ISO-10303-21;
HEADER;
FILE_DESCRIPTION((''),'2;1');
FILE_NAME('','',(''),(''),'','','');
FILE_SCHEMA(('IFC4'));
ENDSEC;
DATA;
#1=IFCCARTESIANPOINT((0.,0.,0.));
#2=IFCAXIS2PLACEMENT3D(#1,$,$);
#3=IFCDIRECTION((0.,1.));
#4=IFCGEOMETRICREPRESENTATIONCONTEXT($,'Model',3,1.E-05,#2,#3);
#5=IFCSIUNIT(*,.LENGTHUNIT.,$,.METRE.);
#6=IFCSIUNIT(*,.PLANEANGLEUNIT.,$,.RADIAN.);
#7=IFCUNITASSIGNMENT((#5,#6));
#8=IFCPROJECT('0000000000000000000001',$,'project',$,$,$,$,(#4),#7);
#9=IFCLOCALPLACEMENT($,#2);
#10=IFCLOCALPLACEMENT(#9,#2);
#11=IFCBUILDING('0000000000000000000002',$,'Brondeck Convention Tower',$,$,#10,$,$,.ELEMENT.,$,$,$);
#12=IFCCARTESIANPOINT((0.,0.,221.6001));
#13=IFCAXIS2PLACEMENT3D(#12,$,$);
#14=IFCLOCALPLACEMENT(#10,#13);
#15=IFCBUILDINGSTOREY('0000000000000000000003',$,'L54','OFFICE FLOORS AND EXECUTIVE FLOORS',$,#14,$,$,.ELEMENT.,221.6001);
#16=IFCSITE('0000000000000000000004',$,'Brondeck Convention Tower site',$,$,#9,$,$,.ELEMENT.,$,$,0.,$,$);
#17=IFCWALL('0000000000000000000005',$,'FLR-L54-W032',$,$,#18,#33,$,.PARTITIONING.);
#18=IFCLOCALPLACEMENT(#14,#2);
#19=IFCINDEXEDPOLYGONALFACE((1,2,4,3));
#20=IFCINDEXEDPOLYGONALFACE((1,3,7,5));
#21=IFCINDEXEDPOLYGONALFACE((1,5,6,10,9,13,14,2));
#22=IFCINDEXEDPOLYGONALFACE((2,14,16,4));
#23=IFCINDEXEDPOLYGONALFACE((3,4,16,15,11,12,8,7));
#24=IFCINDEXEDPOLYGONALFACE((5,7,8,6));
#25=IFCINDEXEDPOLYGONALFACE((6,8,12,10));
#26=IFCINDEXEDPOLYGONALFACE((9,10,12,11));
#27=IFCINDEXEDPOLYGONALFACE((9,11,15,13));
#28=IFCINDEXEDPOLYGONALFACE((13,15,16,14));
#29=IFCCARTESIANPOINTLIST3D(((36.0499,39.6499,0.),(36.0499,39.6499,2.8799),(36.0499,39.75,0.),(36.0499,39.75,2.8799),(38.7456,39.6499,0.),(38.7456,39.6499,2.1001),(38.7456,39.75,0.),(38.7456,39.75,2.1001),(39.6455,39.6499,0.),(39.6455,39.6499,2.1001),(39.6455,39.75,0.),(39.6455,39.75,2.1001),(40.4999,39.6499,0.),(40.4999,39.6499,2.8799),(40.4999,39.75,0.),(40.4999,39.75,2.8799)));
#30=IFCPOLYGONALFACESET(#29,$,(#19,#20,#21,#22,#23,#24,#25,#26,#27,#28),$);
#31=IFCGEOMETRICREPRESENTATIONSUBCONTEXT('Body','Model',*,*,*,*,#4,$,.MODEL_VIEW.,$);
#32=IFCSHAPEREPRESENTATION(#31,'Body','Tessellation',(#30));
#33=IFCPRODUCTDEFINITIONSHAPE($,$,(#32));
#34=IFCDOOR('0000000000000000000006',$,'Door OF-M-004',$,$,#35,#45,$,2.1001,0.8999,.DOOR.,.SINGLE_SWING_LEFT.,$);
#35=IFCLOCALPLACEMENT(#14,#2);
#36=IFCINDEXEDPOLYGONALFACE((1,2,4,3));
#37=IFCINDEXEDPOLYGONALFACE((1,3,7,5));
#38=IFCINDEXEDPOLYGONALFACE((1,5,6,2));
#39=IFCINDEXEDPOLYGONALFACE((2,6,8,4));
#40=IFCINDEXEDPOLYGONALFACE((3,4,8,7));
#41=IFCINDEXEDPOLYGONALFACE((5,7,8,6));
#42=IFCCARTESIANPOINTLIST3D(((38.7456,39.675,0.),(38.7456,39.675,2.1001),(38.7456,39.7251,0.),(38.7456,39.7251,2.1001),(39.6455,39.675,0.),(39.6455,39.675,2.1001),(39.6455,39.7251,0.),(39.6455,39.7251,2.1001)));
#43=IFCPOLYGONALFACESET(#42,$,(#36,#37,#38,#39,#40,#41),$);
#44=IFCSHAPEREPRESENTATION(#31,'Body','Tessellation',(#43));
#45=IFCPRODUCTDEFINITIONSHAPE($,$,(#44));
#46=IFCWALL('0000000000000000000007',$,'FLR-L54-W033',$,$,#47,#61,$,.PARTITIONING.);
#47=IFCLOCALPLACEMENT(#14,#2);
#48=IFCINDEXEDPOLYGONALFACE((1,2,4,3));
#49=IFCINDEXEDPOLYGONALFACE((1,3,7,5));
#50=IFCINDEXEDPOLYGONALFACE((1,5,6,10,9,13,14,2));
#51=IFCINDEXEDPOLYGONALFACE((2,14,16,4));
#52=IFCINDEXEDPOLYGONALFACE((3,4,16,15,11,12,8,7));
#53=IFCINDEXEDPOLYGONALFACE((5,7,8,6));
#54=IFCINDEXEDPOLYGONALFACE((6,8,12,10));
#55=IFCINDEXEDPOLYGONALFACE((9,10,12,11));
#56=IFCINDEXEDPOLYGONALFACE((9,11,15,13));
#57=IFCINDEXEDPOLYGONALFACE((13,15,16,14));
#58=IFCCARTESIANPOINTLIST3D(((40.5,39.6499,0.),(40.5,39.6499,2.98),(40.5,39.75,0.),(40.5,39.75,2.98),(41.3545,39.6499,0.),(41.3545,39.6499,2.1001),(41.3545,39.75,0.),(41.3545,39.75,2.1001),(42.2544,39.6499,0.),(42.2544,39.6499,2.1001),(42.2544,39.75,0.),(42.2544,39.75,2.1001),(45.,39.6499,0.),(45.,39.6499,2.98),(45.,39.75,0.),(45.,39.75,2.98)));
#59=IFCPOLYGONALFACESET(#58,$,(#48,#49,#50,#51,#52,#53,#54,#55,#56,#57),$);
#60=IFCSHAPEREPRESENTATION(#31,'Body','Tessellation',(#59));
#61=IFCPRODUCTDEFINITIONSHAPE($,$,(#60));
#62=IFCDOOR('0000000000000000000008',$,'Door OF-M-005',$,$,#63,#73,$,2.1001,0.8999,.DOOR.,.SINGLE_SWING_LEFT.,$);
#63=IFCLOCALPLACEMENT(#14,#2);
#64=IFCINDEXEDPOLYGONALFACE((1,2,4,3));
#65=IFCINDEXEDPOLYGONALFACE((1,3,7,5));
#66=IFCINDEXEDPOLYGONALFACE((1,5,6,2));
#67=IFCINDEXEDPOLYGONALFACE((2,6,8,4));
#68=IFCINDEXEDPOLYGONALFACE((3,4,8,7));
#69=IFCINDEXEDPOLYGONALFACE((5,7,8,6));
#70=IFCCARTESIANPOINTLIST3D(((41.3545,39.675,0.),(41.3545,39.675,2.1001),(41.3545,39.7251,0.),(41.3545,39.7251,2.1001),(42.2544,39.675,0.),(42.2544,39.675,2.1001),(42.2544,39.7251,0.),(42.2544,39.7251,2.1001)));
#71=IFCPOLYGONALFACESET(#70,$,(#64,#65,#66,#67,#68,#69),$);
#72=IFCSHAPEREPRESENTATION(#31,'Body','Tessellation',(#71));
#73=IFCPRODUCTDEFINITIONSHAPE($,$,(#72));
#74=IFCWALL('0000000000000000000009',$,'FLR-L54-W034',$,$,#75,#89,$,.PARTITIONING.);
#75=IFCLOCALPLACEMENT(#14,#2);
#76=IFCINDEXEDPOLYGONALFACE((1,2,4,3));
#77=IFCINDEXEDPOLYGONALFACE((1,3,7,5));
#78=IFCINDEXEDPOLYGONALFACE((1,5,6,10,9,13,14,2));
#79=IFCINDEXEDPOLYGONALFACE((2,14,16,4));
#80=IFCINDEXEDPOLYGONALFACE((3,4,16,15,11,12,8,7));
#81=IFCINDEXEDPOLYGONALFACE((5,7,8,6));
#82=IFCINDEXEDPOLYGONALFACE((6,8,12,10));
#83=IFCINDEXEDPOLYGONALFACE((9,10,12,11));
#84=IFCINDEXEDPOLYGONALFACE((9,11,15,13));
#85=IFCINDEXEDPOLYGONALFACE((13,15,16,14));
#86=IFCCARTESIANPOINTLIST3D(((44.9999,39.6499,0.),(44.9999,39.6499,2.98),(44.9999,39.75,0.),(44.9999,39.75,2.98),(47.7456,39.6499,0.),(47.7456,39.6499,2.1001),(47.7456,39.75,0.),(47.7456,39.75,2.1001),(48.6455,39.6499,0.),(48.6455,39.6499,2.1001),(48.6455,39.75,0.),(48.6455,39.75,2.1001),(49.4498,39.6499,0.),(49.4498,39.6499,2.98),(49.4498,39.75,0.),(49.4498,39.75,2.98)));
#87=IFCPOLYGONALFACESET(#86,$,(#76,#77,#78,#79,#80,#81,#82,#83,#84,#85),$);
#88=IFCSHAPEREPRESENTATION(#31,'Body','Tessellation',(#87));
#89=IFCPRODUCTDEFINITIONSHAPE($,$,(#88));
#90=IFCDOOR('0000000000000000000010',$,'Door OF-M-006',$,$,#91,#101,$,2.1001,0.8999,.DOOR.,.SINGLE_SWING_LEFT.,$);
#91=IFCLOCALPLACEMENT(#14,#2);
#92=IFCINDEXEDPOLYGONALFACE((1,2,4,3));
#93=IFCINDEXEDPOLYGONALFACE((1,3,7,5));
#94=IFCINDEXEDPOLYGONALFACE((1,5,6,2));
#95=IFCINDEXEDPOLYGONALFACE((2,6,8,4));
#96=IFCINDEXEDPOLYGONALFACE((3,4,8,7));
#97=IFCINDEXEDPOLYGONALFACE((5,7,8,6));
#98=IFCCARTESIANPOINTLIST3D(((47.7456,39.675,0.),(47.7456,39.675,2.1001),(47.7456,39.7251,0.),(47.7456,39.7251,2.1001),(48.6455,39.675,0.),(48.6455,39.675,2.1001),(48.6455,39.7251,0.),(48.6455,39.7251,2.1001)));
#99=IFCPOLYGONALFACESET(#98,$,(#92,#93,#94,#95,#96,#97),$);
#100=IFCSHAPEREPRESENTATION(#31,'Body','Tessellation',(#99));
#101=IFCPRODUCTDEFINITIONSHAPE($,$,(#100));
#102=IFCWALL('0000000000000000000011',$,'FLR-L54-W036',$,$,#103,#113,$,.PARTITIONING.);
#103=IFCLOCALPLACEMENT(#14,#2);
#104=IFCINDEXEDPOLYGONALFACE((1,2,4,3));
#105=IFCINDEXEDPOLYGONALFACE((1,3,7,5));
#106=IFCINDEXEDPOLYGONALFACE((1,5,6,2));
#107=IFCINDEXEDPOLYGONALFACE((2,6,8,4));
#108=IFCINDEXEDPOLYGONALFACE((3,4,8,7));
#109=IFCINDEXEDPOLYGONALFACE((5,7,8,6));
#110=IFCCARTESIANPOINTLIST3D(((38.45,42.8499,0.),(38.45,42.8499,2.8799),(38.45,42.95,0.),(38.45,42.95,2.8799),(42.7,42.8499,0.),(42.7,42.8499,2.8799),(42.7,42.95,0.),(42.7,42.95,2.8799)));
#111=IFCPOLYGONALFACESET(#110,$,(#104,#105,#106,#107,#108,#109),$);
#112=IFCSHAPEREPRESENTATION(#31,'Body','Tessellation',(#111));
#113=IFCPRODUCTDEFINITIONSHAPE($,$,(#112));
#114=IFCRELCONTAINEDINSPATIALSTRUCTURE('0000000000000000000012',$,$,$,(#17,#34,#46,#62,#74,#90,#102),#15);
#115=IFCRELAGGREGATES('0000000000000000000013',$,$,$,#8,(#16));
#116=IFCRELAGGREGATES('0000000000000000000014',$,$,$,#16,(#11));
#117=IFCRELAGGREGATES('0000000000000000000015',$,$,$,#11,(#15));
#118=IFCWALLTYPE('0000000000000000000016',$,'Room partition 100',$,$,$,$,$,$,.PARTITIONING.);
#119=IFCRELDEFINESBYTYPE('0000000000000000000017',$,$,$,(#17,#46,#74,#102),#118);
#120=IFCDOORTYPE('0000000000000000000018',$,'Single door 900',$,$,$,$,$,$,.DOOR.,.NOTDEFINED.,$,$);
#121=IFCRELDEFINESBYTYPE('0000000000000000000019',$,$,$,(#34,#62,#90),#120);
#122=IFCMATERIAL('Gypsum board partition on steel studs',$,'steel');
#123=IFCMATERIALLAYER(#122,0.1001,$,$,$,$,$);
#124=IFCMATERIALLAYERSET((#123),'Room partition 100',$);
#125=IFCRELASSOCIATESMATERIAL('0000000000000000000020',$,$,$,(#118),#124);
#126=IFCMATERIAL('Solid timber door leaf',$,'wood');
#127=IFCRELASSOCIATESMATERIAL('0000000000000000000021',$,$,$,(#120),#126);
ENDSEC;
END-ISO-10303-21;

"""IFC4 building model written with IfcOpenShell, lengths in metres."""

from ifc_helpers import new_model, si_unit, direction, frame, frame_2d, origin, place, context, subcontext, project, spatial, rectangle, extrude, material, layer, layer_set, type_object, element, fill, save


model = new_model("IFC4")

# Units and contexts
model_context = context("Model", 3, precision=1e-05, world=origin(), true_north=direction((0.0, 1.0)))
body_context = subcontext(model_context, "Body", "Model", "MODEL_VIEW")
ifc_project = project(units=[si_unit("LENGTHUNIT", "METRE"), si_unit("PLANEANGLEUNIT", "RADIAN")], contexts=[model_context])

# Site, building, storey
site_placement = place(None, origin())
site = spatial("IfcSite", under=ifc_project, at=site_placement, Name="Brondeck Convention Tower site", CompositionType="ELEMENT", RefElevation=0.0)
building_placement = place(site_placement, origin())
building = spatial("IfcBuilding", under=site, at=building_placement, Name="Brondeck Convention Tower", CompositionType="ELEMENT")
storey_placement = place(building_placement, frame((0.0, 0.0, 221.6001)))
storey = spatial("IfcBuildingStorey", under=building, at=storey_placement, Name="L54", Description="OFFICE FLOORS AND EXECUTIVE FLOORS", CompositionType="ELEMENT", Elevation=221.6001)

# Shared definitions
ifc_material_1 = material(Name="Gypsum board partition on steel studs", Category="steel")
ifc_layer_1 = layer(ifc_material_1, 0.1001)
ifc_layer_set_1 = layer_set([ifc_layer_1], Name="Room partition 100")
wall_type_1 = type_object("IfcWallType", Name="Room partition 100", PredefinedType="PARTITIONING", material=ifc_layer_set_1)

# Walls, openings, doors
wall_1_placement = place(storey_placement, frame((40.5, 39.7, 0.0), z_axis=(0.0, 0.0, 1.0), x_axis=(-1.0, 0.0, 0.0)))
wall_1 = element("IfcWall", 1, at=wall_1_placement, inside=storey, type_object=wall_type_1, Name="FLR-L54-W032", PredefinedType="PARTITIONING", context=body_context, shape_type="SweptSolid", body=[
    extrude(rectangle(XDim=4.45, YDim=0.1001, at=frame_2d((2.2251, 0.0))), origin(), (0.0, 0.0, 1.0), 2.8799),
])
opening_1_placement = place(wall_1_placement, frame((0.8545, 0.0, 0.0)))
opening_1 = element("IfcOpeningElement", 2, at=opening_1_placement, cuts=wall_1, PredefinedType="OPENING", context=body_context, shape_type="SweptSolid", body=[
    extrude(rectangle(XDim=0.8999, YDim=2.1001, at=frame_2d((0.45, 1.05))), frame((0.0, 0.0601, 0.0), z_axis=(0.0, -1.0, 0.0), x_axis=(1.0, 0.0, 0.0)), (0.0, 0.0, 1.0), 0.1201),
])
ifc_material_2 = material(Name="Solid timber door leaf", Category="wood")
door_type = type_object("IfcDoorType", Name="Single door 900", OperationType="NOTDEFINED", PredefinedType="DOOR", material=ifc_material_2)
door_1_placement = place(opening_1_placement, origin())
door_1 = element("IfcDoor", 3, at=door_1_placement, inside=storey, type_object=door_type, Name="Door OF-M-004", OperationType="SINGLE_SWING_LEFT", OverallHeight=2.1001, OverallWidth=0.8999, PredefinedType="DOOR", context=body_context, shape_type="SweptSolid", body=[
    extrude(rectangle(XDim=0.8999, YDim=2.1001, at=frame_2d((0.45, 1.05))), frame((0.0, 0.0249, 0.0), z_axis=(0.0, -1.0, 0.0), x_axis=(1.0, 0.0, 0.0)), (0.0, 0.0, 1.0), 0.05),
])
fill(opening_1, door_1)
wall_2_placement = place(storey_placement, frame((45.0, 39.7, 0.0), z_axis=(0.0, 0.0, 1.0), x_axis=(-1.0, 0.0, 0.0)))
wall_2 = element("IfcWall", 4, at=wall_2_placement, inside=storey, type_object=wall_type_1, Name="FLR-L54-W033", PredefinedType="PARTITIONING", context=body_context, shape_type="SweptSolid", body=[
    extrude(rectangle(XDim=4.5, YDim=0.1001, at=frame_2d((2.25, 0.0))), origin(), (0.0, 0.0, 1.0), 2.98),
])
opening_2_placement = place(wall_2_placement, frame((2.7456, 0.0, 0.0)))
opening_2 = element("IfcOpeningElement", 5, at=opening_2_placement, cuts=wall_2, PredefinedType="OPENING", context=body_context, shape_type="SweptSolid", body=[
    extrude(rectangle(XDim=0.8999, YDim=2.1001, at=frame_2d((0.45, 1.05))), frame((0.0, 0.0601, 0.0), z_axis=(0.0, -1.0, 0.0), x_axis=(1.0, 0.0, 0.0)), (0.0, 0.0, 1.0), 0.1201),
])
door_2_placement = place(opening_2_placement, origin())
door_2 = element("IfcDoor", 6, at=door_2_placement, inside=storey, type_object=door_type, Name="Door OF-M-005", OperationType="SINGLE_SWING_LEFT", OverallHeight=2.1001, OverallWidth=0.8999, PredefinedType="DOOR", context=body_context, shape_type="SweptSolid", body=[
    extrude(rectangle(XDim=0.8999, YDim=2.1001, at=frame_2d((0.45, 1.05))), frame((0.0, 0.0249, 0.0), z_axis=(0.0, -1.0, 0.0), x_axis=(1.0, 0.0, 0.0)), (0.0, 0.0, 1.0), 0.05),
])
fill(opening_2, door_2)
wall_3_placement = place(storey_placement, frame((49.45, 39.7, 0.0), z_axis=(0.0, 0.0, 1.0), x_axis=(-1.0, 0.0, 0.0)))
wall_3 = element("IfcWall", 7, at=wall_3_placement, inside=storey, type_object=wall_type_1, Name="FLR-L54-W034", PredefinedType="PARTITIONING", context=body_context, shape_type="SweptSolid", body=[
    extrude(rectangle(XDim=4.45, YDim=0.1001, at=frame_2d((2.2251, 0.0))), origin(), (0.0, 0.0, 1.0), 2.98),
])
opening_3_placement = place(wall_3_placement, frame((0.8044, 0.0, 0.0)))
opening_3 = element("IfcOpeningElement", 8, at=opening_3_placement, cuts=wall_3, PredefinedType="OPENING", context=body_context, shape_type="SweptSolid", body=[
    extrude(rectangle(XDim=0.8999, YDim=2.1001, at=frame_2d((0.45, 1.05))), frame((0.0, 0.0601, 0.0), z_axis=(0.0, -1.0, 0.0), x_axis=(1.0, 0.0, 0.0)), (0.0, 0.0, 1.0), 0.1201),
])
door_3_placement = place(opening_3_placement, origin())
door_3 = element("IfcDoor", 9, at=door_3_placement, inside=storey, type_object=door_type, Name="Door OF-M-006", OperationType="SINGLE_SWING_LEFT", OverallHeight=2.1001, OverallWidth=0.8999, PredefinedType="DOOR", context=body_context, shape_type="SweptSolid", body=[
    extrude(rectangle(XDim=0.8999, YDim=2.1001, at=frame_2d((0.45, 1.05))), frame((0.0, 0.0249, 0.0), z_axis=(0.0, -1.0, 0.0), x_axis=(1.0, 0.0, 0.0)), (0.0, 0.0, 1.0), 0.05),
])
fill(opening_3, door_3)

# Wall
wall_4_placement = place(storey_placement, frame((38.45, 42.8999, 0.0), z_axis=(0.0, 0.0, 1.0), x_axis=(1.0, 0.0, 0.0)))
element("IfcWall", 10, at=wall_4_placement, inside=storey, type_object=wall_type_1, Name="FLR-L54-W036", PredefinedType="PARTITIONING", context=body_context, shape_type="SweptSolid", body=[
    extrude(rectangle(XDim=4.25, YDim=0.1001, at=frame_2d((2.125, 0.0))), origin(), (0.0, 0.0, 1.0), 2.8799),
])

save(model, "model.ifc")
